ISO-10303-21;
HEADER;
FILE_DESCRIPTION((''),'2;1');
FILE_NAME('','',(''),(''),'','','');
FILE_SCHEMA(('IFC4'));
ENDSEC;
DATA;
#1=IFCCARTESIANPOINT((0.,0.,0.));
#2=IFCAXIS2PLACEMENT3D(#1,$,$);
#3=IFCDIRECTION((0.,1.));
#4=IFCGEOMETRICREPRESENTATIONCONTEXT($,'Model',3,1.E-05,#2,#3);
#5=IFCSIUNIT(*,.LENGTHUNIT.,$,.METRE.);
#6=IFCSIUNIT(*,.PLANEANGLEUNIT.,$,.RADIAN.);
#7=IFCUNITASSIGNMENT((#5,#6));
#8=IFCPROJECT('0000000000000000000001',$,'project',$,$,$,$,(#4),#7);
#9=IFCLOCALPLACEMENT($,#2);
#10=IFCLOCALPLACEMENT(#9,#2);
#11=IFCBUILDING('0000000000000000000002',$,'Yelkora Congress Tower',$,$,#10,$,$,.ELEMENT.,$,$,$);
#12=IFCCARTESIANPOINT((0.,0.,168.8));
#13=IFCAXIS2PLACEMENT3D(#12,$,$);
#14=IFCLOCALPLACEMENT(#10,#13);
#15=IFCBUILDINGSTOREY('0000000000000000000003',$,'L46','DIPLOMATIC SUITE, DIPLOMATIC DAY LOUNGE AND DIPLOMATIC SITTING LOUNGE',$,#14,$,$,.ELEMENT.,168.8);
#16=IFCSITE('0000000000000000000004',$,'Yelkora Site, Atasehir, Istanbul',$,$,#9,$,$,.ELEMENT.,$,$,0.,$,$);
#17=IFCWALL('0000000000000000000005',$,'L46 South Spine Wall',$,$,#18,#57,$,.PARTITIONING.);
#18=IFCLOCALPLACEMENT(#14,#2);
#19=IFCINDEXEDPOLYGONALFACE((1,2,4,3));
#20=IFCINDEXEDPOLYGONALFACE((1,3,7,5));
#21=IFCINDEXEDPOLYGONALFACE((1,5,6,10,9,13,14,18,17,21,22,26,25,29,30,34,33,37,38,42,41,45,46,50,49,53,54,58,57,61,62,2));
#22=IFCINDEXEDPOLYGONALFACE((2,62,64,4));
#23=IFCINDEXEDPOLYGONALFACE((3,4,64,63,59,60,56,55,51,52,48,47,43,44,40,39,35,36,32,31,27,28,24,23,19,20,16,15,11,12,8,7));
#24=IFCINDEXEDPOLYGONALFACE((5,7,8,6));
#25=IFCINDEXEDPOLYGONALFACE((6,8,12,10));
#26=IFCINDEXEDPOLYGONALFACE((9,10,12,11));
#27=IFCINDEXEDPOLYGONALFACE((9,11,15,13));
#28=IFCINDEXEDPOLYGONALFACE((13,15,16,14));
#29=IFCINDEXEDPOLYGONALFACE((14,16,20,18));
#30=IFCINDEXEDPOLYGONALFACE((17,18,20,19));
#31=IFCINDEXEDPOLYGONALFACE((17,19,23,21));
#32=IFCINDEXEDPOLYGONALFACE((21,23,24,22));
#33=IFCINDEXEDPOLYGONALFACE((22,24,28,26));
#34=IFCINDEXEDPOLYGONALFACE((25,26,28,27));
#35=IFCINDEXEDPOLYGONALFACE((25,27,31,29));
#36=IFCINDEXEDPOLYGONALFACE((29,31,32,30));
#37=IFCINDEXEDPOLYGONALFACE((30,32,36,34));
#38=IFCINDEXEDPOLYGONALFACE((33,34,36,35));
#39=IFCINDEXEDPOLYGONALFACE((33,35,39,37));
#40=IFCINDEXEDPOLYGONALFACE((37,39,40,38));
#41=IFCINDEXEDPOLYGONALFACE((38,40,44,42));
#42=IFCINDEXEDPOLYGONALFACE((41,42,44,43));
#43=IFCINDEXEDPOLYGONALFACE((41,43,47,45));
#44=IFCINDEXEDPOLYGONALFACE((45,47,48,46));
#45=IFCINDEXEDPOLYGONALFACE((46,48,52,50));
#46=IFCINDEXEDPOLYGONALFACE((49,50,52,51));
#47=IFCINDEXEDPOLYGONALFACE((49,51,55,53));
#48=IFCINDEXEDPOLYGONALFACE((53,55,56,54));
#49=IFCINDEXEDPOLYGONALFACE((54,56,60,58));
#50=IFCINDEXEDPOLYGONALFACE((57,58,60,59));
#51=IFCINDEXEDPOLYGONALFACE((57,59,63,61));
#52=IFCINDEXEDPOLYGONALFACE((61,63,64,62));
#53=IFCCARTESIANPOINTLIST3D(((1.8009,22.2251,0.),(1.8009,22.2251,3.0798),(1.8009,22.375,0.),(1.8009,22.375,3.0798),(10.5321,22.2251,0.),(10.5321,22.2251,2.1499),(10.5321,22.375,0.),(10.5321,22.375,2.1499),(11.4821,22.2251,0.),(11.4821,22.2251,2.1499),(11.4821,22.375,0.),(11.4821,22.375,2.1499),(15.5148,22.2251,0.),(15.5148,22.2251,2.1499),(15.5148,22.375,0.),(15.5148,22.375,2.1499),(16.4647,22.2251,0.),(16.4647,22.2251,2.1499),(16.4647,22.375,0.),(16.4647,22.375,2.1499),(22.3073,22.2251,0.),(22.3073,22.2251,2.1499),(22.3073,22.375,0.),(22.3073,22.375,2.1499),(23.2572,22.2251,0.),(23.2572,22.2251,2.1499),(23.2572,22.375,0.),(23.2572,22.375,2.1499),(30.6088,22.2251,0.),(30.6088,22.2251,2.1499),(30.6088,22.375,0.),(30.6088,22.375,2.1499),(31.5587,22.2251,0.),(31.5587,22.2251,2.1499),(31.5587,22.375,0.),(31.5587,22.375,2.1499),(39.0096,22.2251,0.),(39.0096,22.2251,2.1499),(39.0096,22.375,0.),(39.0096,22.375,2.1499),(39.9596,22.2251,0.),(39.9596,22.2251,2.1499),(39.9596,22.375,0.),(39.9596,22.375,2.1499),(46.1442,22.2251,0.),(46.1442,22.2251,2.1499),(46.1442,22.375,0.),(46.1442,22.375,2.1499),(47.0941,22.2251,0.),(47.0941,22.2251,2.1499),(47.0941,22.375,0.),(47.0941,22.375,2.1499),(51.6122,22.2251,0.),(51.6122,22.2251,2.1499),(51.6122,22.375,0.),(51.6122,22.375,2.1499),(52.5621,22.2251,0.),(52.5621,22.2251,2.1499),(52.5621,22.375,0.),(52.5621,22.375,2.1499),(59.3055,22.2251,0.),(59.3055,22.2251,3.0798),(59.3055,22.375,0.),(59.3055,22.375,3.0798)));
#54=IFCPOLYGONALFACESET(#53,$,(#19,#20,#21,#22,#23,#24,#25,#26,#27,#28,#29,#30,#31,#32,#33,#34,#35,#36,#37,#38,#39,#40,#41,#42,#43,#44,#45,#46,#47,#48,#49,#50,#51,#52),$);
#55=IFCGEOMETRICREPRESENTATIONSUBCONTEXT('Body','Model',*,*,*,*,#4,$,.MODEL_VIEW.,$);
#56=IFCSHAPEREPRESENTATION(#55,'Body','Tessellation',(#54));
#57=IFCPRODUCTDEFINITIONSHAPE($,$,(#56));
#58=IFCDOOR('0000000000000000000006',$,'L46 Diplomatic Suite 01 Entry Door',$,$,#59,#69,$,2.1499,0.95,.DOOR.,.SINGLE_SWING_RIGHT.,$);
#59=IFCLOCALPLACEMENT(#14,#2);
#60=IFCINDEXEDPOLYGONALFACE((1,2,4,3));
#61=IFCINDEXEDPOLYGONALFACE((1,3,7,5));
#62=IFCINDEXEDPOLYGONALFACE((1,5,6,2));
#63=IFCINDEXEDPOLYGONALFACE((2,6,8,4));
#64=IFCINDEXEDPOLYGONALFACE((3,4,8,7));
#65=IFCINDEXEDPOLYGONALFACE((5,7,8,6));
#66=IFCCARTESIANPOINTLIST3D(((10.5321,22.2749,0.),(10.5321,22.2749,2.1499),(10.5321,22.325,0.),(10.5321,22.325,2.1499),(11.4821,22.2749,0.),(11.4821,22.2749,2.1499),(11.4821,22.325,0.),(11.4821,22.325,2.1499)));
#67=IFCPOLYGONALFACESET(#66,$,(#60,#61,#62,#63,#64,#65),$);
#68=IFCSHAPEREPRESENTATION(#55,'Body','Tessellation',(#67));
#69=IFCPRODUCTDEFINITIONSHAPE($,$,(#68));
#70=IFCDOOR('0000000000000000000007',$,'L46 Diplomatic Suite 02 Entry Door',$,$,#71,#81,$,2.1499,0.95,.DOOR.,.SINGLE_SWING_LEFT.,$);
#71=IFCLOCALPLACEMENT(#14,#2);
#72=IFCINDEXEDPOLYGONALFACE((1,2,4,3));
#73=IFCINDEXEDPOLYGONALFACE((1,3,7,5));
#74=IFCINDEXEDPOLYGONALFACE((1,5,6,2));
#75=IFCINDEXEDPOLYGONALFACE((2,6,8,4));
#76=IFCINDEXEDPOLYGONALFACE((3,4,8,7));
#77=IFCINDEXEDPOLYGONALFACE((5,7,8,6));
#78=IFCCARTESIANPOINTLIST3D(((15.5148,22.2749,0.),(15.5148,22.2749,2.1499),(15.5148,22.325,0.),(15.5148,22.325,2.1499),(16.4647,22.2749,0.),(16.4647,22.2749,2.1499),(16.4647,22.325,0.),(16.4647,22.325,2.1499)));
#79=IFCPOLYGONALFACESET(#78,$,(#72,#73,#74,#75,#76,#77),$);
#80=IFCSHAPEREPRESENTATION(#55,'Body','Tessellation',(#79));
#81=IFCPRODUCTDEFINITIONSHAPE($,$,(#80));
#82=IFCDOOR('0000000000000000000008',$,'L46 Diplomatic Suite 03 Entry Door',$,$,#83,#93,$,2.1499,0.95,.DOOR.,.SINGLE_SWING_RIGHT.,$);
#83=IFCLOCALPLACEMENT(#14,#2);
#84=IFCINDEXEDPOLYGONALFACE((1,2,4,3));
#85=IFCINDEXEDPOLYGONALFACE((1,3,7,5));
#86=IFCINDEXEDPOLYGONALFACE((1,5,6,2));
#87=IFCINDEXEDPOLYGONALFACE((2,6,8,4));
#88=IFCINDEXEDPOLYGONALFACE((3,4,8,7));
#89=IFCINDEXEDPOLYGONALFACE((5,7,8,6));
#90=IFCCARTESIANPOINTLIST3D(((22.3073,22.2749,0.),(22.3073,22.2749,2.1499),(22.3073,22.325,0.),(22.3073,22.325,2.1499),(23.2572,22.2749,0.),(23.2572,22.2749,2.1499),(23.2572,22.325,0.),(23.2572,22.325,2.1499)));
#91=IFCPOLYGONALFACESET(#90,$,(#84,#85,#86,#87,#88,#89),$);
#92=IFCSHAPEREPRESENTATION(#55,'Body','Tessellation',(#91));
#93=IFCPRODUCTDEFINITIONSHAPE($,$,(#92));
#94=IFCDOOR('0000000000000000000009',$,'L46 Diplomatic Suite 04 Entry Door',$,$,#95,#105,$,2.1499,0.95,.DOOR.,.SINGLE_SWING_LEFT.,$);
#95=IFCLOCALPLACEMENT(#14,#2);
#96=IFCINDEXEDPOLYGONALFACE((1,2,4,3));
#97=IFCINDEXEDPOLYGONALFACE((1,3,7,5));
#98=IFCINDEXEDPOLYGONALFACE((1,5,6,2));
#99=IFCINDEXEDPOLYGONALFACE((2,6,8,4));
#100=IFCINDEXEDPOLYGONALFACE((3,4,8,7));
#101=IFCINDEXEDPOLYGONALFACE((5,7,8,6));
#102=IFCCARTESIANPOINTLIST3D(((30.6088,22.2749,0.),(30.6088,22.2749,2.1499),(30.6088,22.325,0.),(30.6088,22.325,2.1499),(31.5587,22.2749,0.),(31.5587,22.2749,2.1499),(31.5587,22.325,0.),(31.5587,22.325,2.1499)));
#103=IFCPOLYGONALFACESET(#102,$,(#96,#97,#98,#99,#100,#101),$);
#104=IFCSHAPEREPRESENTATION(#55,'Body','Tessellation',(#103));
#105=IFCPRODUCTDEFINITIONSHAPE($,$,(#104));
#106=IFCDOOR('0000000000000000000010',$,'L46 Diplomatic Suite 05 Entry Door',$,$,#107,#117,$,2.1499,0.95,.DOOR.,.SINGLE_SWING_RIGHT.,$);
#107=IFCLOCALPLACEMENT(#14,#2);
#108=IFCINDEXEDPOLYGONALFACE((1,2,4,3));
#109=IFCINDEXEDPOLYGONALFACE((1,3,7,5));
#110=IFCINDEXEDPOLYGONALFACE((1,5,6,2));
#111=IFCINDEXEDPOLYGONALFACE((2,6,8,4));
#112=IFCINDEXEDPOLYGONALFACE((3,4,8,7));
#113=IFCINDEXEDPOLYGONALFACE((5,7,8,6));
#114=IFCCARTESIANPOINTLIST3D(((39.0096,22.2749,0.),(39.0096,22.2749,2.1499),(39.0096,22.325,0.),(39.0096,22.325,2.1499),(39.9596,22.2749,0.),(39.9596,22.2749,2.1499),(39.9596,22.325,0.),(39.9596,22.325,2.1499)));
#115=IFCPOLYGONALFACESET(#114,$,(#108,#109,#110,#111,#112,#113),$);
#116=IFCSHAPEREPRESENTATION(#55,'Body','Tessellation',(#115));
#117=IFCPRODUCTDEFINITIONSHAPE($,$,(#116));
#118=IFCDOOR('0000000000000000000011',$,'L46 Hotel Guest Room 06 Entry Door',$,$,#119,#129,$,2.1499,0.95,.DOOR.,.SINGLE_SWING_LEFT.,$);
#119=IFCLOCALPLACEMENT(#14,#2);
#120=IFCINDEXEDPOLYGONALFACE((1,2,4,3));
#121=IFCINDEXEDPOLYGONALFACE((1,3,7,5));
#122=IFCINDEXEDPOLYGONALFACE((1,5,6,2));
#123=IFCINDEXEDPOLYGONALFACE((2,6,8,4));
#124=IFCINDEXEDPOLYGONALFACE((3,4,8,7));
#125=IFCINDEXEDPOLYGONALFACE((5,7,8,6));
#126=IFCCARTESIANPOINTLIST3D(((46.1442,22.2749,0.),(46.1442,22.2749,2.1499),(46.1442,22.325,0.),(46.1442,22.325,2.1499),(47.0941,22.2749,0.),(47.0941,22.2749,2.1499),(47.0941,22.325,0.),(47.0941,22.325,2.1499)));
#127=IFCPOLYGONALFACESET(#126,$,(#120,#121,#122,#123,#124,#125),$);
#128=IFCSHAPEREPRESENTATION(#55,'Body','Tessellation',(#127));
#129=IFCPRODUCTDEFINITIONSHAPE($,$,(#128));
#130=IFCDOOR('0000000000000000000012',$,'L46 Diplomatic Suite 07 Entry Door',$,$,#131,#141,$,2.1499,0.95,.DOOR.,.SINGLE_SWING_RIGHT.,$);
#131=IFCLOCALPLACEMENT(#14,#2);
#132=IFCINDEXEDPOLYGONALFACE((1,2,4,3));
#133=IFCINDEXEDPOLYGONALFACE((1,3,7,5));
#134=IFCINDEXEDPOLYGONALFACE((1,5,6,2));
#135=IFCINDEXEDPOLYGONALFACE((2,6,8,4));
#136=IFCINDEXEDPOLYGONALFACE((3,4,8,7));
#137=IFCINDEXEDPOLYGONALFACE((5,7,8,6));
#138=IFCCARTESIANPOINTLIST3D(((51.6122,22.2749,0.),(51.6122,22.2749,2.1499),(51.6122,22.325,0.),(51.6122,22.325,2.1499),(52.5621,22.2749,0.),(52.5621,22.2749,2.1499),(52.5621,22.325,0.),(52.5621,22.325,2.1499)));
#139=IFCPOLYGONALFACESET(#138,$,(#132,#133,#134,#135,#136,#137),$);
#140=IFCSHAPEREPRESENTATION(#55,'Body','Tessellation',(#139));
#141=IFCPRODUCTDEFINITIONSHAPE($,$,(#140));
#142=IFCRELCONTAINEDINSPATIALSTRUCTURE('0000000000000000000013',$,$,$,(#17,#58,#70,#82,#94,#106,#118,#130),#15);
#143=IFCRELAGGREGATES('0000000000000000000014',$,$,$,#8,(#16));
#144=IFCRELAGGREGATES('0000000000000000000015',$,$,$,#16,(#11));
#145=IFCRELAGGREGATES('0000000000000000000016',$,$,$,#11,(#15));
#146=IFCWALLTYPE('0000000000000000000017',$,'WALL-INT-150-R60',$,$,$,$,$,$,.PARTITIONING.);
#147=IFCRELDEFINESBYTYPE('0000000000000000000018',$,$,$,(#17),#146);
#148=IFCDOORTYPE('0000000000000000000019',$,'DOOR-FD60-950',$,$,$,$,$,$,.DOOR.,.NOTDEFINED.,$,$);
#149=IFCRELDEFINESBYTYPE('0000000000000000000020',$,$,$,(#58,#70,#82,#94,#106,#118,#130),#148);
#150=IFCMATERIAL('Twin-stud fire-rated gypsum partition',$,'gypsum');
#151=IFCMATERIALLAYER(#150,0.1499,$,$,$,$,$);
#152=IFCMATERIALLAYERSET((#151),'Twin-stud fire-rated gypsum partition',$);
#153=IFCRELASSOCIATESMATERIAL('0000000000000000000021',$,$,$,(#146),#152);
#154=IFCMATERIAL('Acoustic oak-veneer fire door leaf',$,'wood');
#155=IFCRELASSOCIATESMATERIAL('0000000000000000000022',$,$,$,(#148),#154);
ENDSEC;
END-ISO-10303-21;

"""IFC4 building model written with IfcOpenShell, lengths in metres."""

from ifc_helpers import new_model, si_unit, direction, frame, frame_2d, origin, place, context, subcontext, project, spatial, rectangle, extrude, material, layer, layer_set, type_object, element, fill, save


model = new_model("IFC4")

# Units and contexts
model_context = context("Model", 3, precision=1e-05, world=origin(), true_north=direction((0.0, 1.0)))
body_context = subcontext(model_context, "Body", "Model", "MODEL_VIEW")
ifc_project = project(units=[si_unit("LENGTHUNIT", "METRE"), si_unit("PLANEANGLEUNIT", "RADIAN")], contexts=[model_context])

# Site, building, storey
site_placement = place(None, origin())
site = spatial("IfcSite", under=ifc_project, at=site_placement, Name="Yelkora Site, Atasehir, Istanbul", CompositionType="ELEMENT", RefElevation=0.0)
building_placement = place(site_placement, origin())
building = spatial("IfcBuilding", under=site, at=building_placement, Name="Yelkora Congress Tower", CompositionType="ELEMENT")
storey_placement = place(building_placement, frame((0.0, 0.0, 168.8)))
storey = spatial("IfcBuildingStorey", under=building, at=storey_placement, Name="L46", Description="DIPLOMATIC SUITE, DIPLOMATIC DAY LOUNGE AND DIPLOMATIC SITTING LOUNGE", CompositionType="ELEMENT", Elevation=168.8)

# Wall, openings, doors
ifc_material_1 = material(Name="Twin-stud fire-rated gypsum partition", Category="gypsum")
ifc_layer_1 = layer(ifc_material_1, 0.1499)
ifc_layer_set_1 = layer_set([ifc_layer_1], Name="Twin-stud fire-rated gypsum partition")
wall_type_1 = type_object("IfcWallType", Name="WALL-INT-150-R60", PredefinedType="PARTITIONING", material=ifc_layer_set_1)
wall_1_placement = place(storey_placement, frame((1.8008, 22.3, 0.0), z_axis=(0.0, 0.0, 1.0), x_axis=(1.0, 0.0, 0.0)))
wall_1 = element("IfcWall", 1, at=wall_1_placement, inside=storey, type_object=wall_type_1, Name="L46 South Spine Wall", PredefinedType="PARTITIONING", context=body_context, shape_type="SweptSolid", body=[
    extrude(rectangle(XDim=57.5046, YDim=0.1499, at=frame_2d((28.7524, 0.0))), origin(), (0.0, 0.0, 1.0), 3.0798),
])
opening_1_placement = place(wall_1_placement, frame((8.7312, 0.0, 0.0)))
opening_1 = element("IfcOpeningElement", 2, at=opening_1_placement, cuts=wall_1, PredefinedType="OPENING", context=body_context, shape_type="SweptSolid", body=[
    extrude(rectangle(XDim=0.95, YDim=2.1499, at=frame_2d((0.4751, 1.075))), frame((0.0, 0.085, 0.0), z_axis=(0.0, -1.0, 0.0), x_axis=(1.0, 0.0, 0.0)), (0.0, 0.0, 1.0), 0.1699),
])
opening_2_placement = place(wall_1_placement, frame((13.7139, 0.0, 0.0)))
opening_2 = element("IfcOpeningElement", 3, at=opening_2_placement, cuts=wall_1, PredefinedType="OPENING", context=body_context, shape_type="SweptSolid", body=[
    extrude(rectangle(XDim=0.95, YDim=2.1499, at=frame_2d((0.4751, 1.075))), frame((0.0, 0.085, 0.0), z_axis=(0.0, -1.0, 0.0), x_axis=(1.0, 0.0, 0.0)), (0.0, 0.0, 1.0), 0.1699),
])
opening_3_placement = place(wall_1_placement, frame((20.5063, 0.0, 0.0)))
opening_3 = element("IfcOpeningElement", 4, at=opening_3_placement, cuts=wall_1, PredefinedType="OPENING", context=body_context, shape_type="SweptSolid", body=[
    extrude(rectangle(XDim=0.95, YDim=2.1499, at=frame_2d((0.4751, 1.075))), frame((0.0, 0.085, 0.0), z_axis=(0.0, -1.0, 0.0), x_axis=(1.0, 0.0, 0.0)), (0.0, 0.0, 1.0), 0.1699),
])
opening_4_placement = place(wall_1_placement, frame((28.8079, 0.0, 0.0)))
opening_4 = element("IfcOpeningElement", 5, at=opening_4_placement, cuts=wall_1, PredefinedType="OPENING", context=body_context, shape_type="SweptSolid", body=[
    extrude(rectangle(XDim=0.95, YDim=2.1499, at=frame_2d((0.4751, 1.075))), frame((0.0, 0.085, 0.0), z_axis=(0.0, -1.0, 0.0), x_axis=(1.0, 0.0, 0.0)), (0.0, 0.0, 1.0), 0.1699),
])
opening_5_placement = place(wall_1_placement, frame((37.2087, 0.0, 0.0)))
opening_5 = element("IfcOpeningElement", 6, at=opening_5_placement, cuts=wall_1, PredefinedType="OPENING", context=body_context, shape_type="SweptSolid", body=[
    extrude(rectangle(XDim=0.95, YDim=2.1499, at=frame_2d((0.4751, 1.075))), frame((0.0, 0.085, 0.0), z_axis=(0.0, -1.0, 0.0), x_axis=(1.0, 0.0, 0.0)), (0.0, 0.0, 1.0), 0.1699),
])
opening_6_placement = place(wall_1_placement, frame((44.3433, 0.0, 0.0)))
opening_6 = element("IfcOpeningElement", 7, at=opening_6_placement, cuts=wall_1, PredefinedType="OPENING", context=body_context, shape_type="SweptSolid", body=[
    extrude(rectangle(XDim=0.95, YDim=2.1499, at=frame_2d((0.4751, 1.075))), frame((0.0, 0.085, 0.0), z_axis=(0.0, -1.0, 0.0), x_axis=(1.0, 0.0, 0.0)), (0.0, 0.0, 1.0), 0.1699),
])
opening_7_placement = place(wall_1_placement, frame((49.8113, 0.0, 0.0)))
opening_7 = element("IfcOpeningElement", 8, at=opening_7_placement, cuts=wall_1, PredefinedType="OPENING", context=body_context, shape_type="SweptSolid", body=[
    extrude(rectangle(XDim=0.95, YDim=2.1499, at=frame_2d((0.4751, 1.075))), frame((0.0, 0.085, 0.0), z_axis=(0.0, -1.0, 0.0), x_axis=(1.0, 0.0, 0.0)), (0.0, 0.0, 1.0), 0.1699),
])
ifc_material_2 = material(Name="Acoustic oak-veneer fire door leaf", Category="wood")
door_type_1 = type_object("IfcDoorType", Name="DOOR-FD60-950", OperationType="NOTDEFINED", PredefinedType="DOOR", material=ifc_material_2)
door_1_placement = place(opening_1_placement, origin())
door_1 = element("IfcDoor", 9, at=door_1_placement, inside=storey, type_object=door_type_1, Name="L46 Diplomatic Suite 01 Entry Door", OperationType="SINGLE_SWING_RIGHT", OverallHeight=2.1499, OverallWidth=0.95, PredefinedType="DOOR", context=body_context, shape_type="SweptSolid", body=[
    extrude(rectangle(XDim=0.95, YDim=2.1499, at=frame_2d((0.4751, 1.075))), frame((0.0, 0.0249, 0.0), z_axis=(0.0, -1.0, 0.0), x_axis=(1.0, 0.0, 0.0)), (0.0, 0.0, 1.0), 0.05),
])
fill(opening_1, door_1)
door_2_placement = place(opening_2_placement, origin())
door_2 = element("IfcDoor", 10, at=door_2_placement, inside=storey, type_object=door_type_1, Name="L46 Diplomatic Suite 02 Entry Door", OperationType="SINGLE_SWING_LEFT", OverallHeight=2.1499, OverallWidth=0.95, PredefinedType="DOOR", context=body_context, shape_type="SweptSolid", body=[
    extrude(rectangle(XDim=0.95, YDim=2.1499, at=frame_2d((0.4751, 1.075))), frame((0.0, 0.0249, 0.0), z_axis=(0.0, -1.0, 0.0), x_axis=(1.0, 0.0, 0.0)), (0.0, 0.0, 1.0), 0.05),
])
fill(opening_2, door_2)
door_3_placement = place(opening_3_placement, origin())
door_3 = element("IfcDoor", 11, at=door_3_placement, inside=storey, type_object=door_type_1, Name="L46 Diplomatic Suite 03 Entry Door", OperationType="SINGLE_SWING_RIGHT", OverallHeight=2.1499, OverallWidth=0.95, PredefinedType="DOOR", context=body_context, shape_type="SweptSolid", body=[
    extrude(rectangle(XDim=0.95, YDim=2.1499, at=frame_2d((0.4751, 1.075))), frame((0.0, 0.0249, 0.0), z_axis=(0.0, -1.0, 0.0), x_axis=(1.0, 0.0, 0.0)), (0.0, 0.0, 1.0), 0.05),
])
fill(opening_3, door_3)
door_4_placement = place(opening_4_placement, origin())
door_4 = element("IfcDoor", 12, at=door_4_placement, inside=storey, type_object=door_type_1, Name="L46 Diplomatic Suite 04 Entry Door", OperationType="SINGLE_SWING_LEFT", OverallHeight=2.1499, OverallWidth=0.95, PredefinedType="DOOR", context=body_context, shape_type="SweptSolid", body=[
    extrude(rectangle(XDim=0.95, YDim=2.1499, at=frame_2d((0.4751, 1.075))), frame((0.0, 0.0249, 0.0), z_axis=(0.0, -1.0, 0.0), x_axis=(1.0, 0.0, 0.0)), (0.0, 0.0, 1.0), 0.05),
])
fill(opening_4, door_4)
door_5_placement = place(opening_5_placement, origin())
door_5 = element("IfcDoor", 13, at=door_5_placement, inside=storey, type_object=door_type_1, Name="L46 Diplomatic Suite 05 Entry Door", OperationType="SINGLE_SWING_RIGHT", OverallHeight=2.1499, OverallWidth=0.95, PredefinedType="DOOR", context=body_context, shape_type="SweptSolid", body=[
    extrude(rectangle(XDim=0.95, YDim=2.1499, at=frame_2d((0.4751, 1.075))), frame((0.0, 0.0249, 0.0), z_axis=(0.0, -1.0, 0.0), x_axis=(1.0, 0.0, 0.0)), (0.0, 0.0, 1.0), 0.05),
])
fill(opening_5, door_5)
door_6_placement = place(opening_6_placement, origin())
door_6 = element("IfcDoor", 14, at=door_6_placement, inside=storey, type_object=door_type_1, Name="L46 Hotel Guest Room 06 Entry Door", OperationType="SINGLE_SWING_LEFT", OverallHeight=2.1499, OverallWidth=0.95, PredefinedType="DOOR", context=body_context, shape_type="SweptSolid", body=[
    extrude(rectangle(XDim=0.95, YDim=2.1499, at=frame_2d((0.4751, 1.075))), frame((0.0, 0.0249, 0.0), z_axis=(0.0, -1.0, 0.0), x_axis=(1.0, 0.0, 0.0)), (0.0, 0.0, 1.0), 0.05),
])
fill(opening_6, door_6)
door_7_placement = place(opening_7_placement, origin())
door_7 = element("IfcDoor", 15, at=door_7_placement, inside=storey, type_object=door_type_1, Name="L46 Diplomatic Suite 07 Entry Door", OperationType="SINGLE_SWING_RIGHT", OverallHeight=2.1499, OverallWidth=0.95, PredefinedType="DOOR", context=body_context, shape_type="SweptSolid", body=[
    extrude(rectangle(XDim=0.95, YDim=2.1499, at=frame_2d((0.4751, 1.075))), frame((0.0, 0.0249, 0.0), z_axis=(0.0, -1.0, 0.0), x_axis=(1.0, 0.0, 0.0)), (0.0, 0.0, 1.0), 0.05),
])
fill(opening_7, door_7)

save(model, "model.ifc")
